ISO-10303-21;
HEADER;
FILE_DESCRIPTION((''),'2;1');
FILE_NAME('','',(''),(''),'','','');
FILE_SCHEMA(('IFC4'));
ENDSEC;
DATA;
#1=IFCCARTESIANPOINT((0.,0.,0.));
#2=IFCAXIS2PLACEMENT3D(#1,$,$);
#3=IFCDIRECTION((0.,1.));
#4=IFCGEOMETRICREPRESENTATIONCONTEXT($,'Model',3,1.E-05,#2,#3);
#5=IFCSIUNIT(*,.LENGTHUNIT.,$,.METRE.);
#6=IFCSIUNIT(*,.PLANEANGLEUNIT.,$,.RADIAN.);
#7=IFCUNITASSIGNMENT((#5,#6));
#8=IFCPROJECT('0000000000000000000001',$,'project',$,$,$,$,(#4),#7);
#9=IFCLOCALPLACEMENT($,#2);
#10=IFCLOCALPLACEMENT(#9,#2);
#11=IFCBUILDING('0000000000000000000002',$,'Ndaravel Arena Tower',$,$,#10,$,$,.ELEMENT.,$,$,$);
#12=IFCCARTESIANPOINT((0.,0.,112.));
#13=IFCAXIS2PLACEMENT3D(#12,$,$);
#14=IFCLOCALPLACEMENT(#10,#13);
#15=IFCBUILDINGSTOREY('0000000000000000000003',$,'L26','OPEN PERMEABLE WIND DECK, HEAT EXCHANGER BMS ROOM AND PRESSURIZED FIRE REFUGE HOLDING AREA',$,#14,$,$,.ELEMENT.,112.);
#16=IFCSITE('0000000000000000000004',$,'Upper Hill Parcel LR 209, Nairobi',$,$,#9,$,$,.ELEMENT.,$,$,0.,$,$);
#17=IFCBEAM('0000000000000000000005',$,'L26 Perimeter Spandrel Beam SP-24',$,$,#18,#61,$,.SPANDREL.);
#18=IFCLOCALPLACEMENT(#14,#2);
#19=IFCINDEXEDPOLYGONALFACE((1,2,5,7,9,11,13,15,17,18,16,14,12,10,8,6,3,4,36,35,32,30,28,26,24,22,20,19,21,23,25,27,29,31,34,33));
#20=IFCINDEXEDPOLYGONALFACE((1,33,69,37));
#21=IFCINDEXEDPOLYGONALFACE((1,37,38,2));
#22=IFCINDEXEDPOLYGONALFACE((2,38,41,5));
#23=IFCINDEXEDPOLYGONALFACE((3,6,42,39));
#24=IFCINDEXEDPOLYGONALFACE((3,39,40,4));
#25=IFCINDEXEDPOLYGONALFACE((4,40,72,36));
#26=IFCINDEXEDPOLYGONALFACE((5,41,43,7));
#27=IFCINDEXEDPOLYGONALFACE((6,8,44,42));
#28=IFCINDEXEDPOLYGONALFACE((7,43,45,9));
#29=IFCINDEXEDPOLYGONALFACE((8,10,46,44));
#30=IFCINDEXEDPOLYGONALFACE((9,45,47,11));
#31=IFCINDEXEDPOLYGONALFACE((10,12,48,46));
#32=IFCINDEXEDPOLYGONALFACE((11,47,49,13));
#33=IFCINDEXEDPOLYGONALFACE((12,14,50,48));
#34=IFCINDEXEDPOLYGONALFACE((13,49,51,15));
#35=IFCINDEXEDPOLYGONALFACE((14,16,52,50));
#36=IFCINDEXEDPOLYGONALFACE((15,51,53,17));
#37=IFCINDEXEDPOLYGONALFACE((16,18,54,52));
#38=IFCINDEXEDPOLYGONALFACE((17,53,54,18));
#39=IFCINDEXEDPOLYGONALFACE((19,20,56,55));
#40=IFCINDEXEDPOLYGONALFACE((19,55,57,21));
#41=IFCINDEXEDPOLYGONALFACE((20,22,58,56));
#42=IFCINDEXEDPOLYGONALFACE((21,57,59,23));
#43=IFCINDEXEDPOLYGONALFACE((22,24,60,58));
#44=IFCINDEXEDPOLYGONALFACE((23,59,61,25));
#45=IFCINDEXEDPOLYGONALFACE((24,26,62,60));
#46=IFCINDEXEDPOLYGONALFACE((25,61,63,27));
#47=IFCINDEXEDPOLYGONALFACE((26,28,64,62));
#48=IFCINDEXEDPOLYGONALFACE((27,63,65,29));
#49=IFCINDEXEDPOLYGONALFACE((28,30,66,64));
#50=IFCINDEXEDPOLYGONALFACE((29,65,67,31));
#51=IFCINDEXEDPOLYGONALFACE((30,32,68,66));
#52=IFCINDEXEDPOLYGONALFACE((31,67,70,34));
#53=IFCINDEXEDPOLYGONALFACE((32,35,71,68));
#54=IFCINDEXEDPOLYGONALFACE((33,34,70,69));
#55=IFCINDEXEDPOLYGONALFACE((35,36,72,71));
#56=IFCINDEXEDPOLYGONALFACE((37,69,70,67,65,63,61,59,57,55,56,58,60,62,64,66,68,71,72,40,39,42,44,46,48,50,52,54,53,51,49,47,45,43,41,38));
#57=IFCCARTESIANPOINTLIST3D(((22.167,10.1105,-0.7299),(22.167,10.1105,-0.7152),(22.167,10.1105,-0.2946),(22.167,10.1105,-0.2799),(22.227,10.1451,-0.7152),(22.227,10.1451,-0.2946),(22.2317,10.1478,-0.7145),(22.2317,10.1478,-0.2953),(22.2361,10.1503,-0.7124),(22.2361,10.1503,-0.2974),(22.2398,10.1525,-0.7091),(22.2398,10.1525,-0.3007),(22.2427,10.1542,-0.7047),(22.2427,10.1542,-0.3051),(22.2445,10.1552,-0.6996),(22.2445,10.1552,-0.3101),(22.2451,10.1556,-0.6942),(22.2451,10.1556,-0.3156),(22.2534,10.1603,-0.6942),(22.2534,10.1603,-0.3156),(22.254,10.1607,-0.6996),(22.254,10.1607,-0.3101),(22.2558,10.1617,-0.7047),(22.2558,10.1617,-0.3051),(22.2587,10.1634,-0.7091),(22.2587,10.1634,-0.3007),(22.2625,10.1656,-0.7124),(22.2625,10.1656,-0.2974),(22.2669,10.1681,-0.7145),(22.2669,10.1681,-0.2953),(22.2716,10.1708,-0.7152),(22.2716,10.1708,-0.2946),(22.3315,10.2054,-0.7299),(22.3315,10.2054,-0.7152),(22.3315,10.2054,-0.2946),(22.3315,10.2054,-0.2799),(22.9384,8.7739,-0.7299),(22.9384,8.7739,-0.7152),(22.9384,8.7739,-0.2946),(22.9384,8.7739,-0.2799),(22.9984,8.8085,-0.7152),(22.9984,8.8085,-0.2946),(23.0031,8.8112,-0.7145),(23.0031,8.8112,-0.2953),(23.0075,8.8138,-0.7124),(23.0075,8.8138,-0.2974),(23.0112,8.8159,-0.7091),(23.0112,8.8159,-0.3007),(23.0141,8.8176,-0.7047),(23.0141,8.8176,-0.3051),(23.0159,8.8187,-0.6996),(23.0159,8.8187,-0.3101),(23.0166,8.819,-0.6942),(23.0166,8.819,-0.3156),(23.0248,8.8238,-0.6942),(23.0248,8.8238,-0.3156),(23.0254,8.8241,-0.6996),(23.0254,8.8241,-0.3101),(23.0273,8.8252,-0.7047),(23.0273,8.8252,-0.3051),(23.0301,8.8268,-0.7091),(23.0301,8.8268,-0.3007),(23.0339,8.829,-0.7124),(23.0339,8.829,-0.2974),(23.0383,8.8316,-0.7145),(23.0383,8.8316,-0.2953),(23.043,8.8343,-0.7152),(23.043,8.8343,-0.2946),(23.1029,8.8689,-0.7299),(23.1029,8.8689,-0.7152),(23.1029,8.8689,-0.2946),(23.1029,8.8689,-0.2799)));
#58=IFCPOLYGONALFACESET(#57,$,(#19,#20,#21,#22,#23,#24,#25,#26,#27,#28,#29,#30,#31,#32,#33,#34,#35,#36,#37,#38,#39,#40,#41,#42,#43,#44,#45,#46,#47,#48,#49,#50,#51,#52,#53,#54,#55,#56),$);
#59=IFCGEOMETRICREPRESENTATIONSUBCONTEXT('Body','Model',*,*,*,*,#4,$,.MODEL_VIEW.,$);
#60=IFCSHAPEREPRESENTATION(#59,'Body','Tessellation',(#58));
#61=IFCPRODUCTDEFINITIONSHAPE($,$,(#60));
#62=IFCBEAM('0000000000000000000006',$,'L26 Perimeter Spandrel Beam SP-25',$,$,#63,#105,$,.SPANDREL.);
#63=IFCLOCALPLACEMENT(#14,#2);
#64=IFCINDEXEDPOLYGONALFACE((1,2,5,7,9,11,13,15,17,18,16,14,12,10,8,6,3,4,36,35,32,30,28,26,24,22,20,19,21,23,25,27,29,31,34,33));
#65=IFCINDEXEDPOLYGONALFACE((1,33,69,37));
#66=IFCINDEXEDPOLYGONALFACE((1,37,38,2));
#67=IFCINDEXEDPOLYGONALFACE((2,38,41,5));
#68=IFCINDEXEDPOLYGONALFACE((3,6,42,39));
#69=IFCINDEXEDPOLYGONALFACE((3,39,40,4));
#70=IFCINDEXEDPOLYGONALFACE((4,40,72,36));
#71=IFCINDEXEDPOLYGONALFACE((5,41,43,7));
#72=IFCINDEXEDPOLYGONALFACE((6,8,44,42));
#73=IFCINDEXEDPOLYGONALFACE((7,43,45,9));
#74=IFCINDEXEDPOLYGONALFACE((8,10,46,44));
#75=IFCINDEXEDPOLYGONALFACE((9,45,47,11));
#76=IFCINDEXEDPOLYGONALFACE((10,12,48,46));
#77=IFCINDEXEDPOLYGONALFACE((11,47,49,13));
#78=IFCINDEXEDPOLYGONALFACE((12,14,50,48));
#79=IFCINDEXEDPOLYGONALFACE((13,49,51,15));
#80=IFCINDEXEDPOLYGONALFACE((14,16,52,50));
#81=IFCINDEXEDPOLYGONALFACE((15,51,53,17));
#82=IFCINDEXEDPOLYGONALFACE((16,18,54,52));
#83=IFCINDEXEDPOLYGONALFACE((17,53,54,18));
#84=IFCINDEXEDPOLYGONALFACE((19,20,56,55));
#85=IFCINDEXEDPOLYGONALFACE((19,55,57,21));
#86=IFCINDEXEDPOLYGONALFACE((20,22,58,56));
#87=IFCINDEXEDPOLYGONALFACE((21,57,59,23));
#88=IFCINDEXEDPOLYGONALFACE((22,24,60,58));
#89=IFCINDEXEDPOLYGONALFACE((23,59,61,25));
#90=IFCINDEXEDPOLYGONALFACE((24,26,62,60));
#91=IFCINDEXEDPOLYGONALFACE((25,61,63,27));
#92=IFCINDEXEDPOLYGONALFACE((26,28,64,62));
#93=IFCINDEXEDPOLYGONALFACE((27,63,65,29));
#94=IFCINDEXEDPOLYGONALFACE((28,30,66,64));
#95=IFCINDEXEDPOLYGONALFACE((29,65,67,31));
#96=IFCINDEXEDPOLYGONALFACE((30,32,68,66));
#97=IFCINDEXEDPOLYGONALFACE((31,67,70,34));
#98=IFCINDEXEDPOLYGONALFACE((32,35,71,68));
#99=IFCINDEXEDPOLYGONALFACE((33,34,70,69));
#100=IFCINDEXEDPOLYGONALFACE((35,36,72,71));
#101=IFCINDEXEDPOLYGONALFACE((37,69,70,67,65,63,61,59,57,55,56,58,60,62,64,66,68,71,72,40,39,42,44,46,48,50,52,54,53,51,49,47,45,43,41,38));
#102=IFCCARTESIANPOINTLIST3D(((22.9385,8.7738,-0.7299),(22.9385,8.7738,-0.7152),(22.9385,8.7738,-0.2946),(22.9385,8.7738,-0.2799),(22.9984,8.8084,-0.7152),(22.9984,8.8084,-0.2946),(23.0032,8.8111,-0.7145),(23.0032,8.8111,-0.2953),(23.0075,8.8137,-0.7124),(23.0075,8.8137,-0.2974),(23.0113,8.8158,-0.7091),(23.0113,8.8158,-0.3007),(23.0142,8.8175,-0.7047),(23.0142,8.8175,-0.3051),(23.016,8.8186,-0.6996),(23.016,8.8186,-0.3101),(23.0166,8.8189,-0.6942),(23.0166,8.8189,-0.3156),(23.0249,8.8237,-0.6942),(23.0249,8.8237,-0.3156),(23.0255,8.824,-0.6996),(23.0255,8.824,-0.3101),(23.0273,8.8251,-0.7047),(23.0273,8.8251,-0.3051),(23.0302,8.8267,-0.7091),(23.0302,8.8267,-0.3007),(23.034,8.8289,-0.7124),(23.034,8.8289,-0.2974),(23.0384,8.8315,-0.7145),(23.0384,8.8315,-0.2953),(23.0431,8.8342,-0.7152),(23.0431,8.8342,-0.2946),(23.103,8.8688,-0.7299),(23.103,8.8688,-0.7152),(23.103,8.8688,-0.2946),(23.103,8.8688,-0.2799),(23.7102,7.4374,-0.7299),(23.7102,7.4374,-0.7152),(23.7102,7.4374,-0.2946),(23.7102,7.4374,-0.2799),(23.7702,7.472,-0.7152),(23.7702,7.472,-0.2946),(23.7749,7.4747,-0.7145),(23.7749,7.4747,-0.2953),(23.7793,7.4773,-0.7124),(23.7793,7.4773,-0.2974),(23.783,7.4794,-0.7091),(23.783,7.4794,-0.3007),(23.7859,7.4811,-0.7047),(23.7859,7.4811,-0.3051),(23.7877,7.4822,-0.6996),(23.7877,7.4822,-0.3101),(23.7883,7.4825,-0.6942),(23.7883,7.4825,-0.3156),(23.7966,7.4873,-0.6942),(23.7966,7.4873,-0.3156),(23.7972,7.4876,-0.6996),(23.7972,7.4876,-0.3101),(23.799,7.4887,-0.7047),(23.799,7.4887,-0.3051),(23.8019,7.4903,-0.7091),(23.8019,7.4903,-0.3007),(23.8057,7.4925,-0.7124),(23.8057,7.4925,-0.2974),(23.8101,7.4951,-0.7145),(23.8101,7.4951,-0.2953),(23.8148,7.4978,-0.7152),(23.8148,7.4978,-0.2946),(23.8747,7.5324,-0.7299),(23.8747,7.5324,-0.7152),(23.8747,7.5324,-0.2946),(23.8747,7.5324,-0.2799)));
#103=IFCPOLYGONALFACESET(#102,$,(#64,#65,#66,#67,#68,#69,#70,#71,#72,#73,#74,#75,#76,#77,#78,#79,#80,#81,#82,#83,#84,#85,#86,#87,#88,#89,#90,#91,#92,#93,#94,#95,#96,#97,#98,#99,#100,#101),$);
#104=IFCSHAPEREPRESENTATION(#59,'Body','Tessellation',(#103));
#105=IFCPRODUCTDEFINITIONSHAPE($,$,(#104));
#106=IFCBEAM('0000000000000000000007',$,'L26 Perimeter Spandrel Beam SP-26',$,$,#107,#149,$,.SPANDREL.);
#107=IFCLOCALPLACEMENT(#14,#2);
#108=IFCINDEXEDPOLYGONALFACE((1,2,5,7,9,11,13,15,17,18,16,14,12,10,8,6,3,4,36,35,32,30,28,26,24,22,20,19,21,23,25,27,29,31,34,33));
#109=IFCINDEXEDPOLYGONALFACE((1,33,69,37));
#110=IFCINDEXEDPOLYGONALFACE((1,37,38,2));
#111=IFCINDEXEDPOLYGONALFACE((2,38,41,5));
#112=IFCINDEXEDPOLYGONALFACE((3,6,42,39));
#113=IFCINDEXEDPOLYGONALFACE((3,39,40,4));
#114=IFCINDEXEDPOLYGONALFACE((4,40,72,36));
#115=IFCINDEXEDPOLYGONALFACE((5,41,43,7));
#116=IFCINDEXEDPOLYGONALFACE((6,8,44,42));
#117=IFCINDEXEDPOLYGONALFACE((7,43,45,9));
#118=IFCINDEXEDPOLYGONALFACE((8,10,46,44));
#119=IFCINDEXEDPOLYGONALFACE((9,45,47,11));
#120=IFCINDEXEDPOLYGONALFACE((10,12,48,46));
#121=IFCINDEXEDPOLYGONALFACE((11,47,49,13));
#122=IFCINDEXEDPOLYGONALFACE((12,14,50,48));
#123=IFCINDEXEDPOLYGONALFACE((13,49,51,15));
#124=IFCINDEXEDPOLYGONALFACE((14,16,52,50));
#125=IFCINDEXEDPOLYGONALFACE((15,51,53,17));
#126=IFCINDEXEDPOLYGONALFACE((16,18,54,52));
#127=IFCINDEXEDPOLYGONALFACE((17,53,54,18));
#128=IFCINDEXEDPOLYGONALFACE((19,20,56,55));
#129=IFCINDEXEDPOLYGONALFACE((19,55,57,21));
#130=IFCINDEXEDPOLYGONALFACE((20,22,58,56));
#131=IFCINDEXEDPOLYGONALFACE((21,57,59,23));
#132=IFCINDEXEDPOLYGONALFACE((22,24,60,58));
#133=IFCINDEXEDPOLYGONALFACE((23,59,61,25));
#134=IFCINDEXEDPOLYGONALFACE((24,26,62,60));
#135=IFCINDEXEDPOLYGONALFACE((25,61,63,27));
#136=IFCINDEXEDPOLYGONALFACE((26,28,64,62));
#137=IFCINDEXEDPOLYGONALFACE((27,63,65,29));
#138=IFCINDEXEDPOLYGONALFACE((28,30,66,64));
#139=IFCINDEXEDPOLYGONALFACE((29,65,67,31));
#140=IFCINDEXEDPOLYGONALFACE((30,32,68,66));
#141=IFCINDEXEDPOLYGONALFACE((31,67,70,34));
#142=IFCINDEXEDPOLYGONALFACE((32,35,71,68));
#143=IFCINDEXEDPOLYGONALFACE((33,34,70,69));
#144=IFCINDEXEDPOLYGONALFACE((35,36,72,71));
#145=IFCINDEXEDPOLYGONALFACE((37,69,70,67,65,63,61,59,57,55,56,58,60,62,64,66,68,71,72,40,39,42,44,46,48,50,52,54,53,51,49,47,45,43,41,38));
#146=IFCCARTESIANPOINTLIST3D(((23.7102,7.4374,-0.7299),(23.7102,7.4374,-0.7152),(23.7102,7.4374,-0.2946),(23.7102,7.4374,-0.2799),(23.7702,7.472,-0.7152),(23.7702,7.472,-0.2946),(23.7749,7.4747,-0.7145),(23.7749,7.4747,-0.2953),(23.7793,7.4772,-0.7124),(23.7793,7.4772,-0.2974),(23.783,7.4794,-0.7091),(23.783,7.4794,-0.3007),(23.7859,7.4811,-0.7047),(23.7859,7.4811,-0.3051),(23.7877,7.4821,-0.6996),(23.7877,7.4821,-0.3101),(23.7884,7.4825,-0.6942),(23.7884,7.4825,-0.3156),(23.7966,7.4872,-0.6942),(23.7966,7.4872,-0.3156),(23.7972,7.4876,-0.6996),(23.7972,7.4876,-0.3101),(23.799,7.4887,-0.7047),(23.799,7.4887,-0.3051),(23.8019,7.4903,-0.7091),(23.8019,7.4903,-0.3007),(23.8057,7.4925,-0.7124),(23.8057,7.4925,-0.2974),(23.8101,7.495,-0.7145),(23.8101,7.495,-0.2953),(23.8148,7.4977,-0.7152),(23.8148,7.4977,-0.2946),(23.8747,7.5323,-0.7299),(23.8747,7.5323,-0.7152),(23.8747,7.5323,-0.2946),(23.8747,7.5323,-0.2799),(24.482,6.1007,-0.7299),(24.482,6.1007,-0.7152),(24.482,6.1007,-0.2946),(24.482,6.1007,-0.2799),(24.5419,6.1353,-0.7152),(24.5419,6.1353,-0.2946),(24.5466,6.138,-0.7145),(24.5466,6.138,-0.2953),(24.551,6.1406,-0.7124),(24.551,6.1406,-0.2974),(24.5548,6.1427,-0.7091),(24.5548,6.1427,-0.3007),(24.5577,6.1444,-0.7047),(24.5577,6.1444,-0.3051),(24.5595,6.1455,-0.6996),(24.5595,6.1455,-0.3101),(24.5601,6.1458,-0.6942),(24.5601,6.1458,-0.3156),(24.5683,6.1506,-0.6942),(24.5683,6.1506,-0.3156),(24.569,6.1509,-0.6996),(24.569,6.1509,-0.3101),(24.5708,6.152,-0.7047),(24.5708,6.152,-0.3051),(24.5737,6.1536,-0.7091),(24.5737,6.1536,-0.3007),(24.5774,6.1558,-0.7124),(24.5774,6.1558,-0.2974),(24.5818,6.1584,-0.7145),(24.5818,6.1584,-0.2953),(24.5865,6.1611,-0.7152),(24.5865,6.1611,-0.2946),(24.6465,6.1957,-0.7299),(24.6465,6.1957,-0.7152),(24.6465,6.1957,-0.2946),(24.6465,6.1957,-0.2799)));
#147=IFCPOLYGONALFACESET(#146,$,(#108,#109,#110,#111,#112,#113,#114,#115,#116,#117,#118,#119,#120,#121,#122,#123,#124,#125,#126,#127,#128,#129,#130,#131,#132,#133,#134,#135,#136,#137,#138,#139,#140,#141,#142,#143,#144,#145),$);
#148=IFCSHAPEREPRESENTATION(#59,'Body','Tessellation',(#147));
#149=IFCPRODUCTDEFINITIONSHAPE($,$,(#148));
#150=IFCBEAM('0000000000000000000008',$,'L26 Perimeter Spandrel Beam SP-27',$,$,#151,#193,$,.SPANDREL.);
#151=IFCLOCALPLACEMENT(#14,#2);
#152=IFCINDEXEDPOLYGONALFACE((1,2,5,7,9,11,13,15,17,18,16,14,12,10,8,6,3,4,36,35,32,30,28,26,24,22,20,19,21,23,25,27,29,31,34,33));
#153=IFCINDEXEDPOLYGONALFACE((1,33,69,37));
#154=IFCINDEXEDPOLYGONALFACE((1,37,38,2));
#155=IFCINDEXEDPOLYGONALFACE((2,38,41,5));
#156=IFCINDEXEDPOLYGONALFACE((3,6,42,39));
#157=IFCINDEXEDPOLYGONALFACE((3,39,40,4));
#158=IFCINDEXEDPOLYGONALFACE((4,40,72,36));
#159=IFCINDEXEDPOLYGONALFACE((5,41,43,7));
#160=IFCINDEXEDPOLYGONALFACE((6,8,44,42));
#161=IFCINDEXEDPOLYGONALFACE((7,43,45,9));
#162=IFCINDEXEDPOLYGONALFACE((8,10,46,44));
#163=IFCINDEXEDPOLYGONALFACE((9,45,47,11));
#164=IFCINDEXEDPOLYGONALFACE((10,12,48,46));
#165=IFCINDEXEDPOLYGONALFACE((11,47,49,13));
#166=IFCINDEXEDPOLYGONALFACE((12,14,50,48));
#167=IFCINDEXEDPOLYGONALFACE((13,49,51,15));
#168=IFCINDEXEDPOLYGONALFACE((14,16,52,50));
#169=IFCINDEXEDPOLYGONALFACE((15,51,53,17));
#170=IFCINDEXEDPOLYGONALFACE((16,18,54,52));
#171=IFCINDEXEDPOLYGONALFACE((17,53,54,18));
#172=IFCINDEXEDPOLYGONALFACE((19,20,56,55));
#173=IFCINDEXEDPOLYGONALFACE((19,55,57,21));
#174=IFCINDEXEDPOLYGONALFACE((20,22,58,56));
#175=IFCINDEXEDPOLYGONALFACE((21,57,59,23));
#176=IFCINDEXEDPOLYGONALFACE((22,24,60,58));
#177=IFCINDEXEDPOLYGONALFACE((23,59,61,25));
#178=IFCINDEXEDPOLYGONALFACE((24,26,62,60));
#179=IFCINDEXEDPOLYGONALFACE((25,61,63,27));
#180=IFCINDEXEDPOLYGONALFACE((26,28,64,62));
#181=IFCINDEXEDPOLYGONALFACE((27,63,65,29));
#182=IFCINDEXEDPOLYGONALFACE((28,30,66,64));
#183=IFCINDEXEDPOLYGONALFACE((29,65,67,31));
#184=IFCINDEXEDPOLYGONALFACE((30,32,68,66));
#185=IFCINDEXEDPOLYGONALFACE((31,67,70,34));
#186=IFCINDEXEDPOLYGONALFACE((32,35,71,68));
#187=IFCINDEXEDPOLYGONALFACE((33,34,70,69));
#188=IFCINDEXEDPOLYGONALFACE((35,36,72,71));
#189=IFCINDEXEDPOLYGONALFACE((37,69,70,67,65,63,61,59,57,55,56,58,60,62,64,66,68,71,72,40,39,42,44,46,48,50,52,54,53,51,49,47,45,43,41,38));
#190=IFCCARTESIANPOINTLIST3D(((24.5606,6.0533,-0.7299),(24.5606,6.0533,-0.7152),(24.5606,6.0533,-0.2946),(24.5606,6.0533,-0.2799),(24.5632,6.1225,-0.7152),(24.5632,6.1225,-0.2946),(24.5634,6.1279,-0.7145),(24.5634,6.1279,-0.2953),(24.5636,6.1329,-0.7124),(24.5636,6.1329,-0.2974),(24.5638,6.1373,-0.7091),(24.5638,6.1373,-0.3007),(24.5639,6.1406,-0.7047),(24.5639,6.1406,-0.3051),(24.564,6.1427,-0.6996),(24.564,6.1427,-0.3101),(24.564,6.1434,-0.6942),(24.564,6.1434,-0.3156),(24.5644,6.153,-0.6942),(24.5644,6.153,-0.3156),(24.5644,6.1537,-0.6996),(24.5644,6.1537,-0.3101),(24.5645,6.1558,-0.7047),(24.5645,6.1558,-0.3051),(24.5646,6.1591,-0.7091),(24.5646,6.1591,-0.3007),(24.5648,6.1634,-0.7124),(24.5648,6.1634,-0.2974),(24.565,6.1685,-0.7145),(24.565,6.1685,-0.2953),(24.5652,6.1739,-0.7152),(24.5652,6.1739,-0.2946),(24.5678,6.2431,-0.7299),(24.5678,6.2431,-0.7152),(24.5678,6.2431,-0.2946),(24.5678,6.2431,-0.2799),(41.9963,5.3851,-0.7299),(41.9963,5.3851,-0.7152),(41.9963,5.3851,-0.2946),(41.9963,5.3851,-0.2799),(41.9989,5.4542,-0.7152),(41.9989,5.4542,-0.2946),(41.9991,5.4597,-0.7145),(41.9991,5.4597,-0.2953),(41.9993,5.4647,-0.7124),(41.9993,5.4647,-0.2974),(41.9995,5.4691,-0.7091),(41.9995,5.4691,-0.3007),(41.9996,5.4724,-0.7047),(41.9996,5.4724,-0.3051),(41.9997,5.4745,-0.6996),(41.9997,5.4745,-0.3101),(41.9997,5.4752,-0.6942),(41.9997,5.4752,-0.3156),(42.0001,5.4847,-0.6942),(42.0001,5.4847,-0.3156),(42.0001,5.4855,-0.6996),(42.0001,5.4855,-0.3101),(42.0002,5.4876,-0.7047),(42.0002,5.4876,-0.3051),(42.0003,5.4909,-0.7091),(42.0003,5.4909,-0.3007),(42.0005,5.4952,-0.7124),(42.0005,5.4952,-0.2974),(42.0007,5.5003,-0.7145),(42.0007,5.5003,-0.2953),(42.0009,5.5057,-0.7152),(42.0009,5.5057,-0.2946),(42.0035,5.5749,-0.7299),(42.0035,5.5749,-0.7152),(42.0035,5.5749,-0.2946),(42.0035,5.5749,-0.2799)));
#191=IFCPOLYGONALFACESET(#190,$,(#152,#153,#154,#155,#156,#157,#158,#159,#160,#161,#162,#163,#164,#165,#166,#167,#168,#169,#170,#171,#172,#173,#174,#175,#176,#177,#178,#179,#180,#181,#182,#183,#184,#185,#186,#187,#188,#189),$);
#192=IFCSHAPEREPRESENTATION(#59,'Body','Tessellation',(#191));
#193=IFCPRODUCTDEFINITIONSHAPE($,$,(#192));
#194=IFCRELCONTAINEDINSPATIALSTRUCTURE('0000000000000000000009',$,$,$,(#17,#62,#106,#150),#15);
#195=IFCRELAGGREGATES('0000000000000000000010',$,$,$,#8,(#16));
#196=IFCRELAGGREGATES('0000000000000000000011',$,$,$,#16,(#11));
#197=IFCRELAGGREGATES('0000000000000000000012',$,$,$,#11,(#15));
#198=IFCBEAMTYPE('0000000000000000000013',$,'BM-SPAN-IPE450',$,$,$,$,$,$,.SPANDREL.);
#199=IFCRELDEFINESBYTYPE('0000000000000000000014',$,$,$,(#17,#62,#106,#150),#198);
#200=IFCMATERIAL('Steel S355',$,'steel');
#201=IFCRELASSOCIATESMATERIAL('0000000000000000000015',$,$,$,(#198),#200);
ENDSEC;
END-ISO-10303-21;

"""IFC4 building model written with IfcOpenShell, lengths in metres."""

from ifc_helpers import new_model, si_unit, direction, frame, origin, origin_2d, place, context, subcontext, project, spatial, i_section, extrude, material, material_profile, profile_set, type_object, element, save


model = new_model("IFC4")

# Units and contexts
model_context = context("Model", 3, precision=1e-05, world=origin(), true_north=direction((0.0, 1.0)))
body_context = subcontext(model_context, "Body", "Model", "MODEL_VIEW")
ifc_project = project(units=[si_unit("LENGTHUNIT", "METRE"), si_unit("PLANEANGLEUNIT", "RADIAN")], contexts=[model_context])

# Site, building, storey
site_placement = place(None, origin())
site = spatial("IfcSite", under=ifc_project, at=site_placement, Name="Upper Hill Parcel LR 209, Nairobi", CompositionType="ELEMENT", RefElevation=0.0)
building_placement = place(site_placement, origin())
building = spatial("IfcBuilding", under=site, at=building_placement, Name="Ndaravel Arena Tower", CompositionType="ELEMENT")
storey_placement = place(building_placement, frame((0.0, 0.0, 112.0)))
storey = spatial("IfcBuildingStorey", under=building, at=storey_placement, Name="L26", Description="OPEN PERMEABLE WIND DECK, HEAT EXCHANGER BMS ROOM AND PRESSURIZED FIRE REFUGE HOLDING AREA", CompositionType="ELEMENT", Elevation=112.0)

# Beams
ifc_material_1 = material(Name="Steel S355", Category="steel")
ifc_material_profile_1 = material_profile(ifc_material_1, i_section(OverallWidth=0.1899, OverallDepth=0.45, WebThickness=0.0095, FlangeThickness=0.0146, FilletRadius=0.021, at=origin_2d()), Name="IPE 450")
ifc_profile_set_1 = profile_set([ifc_material_profile_1], Name="Steel S355")
beam_type = type_object("IfcBeamType", Name="BM-SPAN-IPE450", PredefinedType="SPANDREL", material=ifc_profile_set_1)
for number, where, z_axis, x_axis, name in (
    (1, (22.2493, 10.158, -0.5049), (0.499882, -0.866093, 0.0), (0.866093, 0.499882, 0.0), "L26 Perimeter Spandrel Beam SP-24"),
    (2, (23.0208, 8.8213, -0.5049), (0.500069, -0.865985, 0.0), (0.865985, 0.500069, 0.0), "L26 Perimeter Spandrel Beam SP-25"),
):
    element("IfcBeam", number, at=place(storey_placement, frame(where, z_axis=z_axis, x_axis=x_axis)), inside=storey, type_object=beam_type, Name=name, PredefinedType="SPANDREL", context=body_context, shape_type="SweptSolid", body=[
        extrude(i_section(OverallWidth=0.1899, OverallDepth=0.45, WebThickness=0.0095, FlangeThickness=0.0146, FilletRadius=0.021, at=origin_2d()), origin(), (0.0, 0.0, 1.0), 1.5432),
    ])
beam_1_placement = place(storey_placement, frame((23.7925, 7.4849, -0.5049), z_axis=(0.500001, -0.866025, 0.0), x_axis=(0.866025, 0.500001, 0.0)))
element("IfcBeam", 3, at=beam_1_placement, inside=storey, type_object=beam_type, Name="L26 Perimeter Spandrel Beam SP-26", PredefinedType="SPANDREL", context=body_context, shape_type="SweptSolid", body=[
    extrude(i_section(OverallWidth=0.1899, OverallDepth=0.45, WebThickness=0.0095, FlangeThickness=0.0146, FilletRadius=0.021, at=origin_2d()), origin(), (0.0, 0.0, 1.0), 1.5435),
])
beam_2_placement = place(storey_placement, frame((24.5642, 6.1482, -0.5049), z_axis=(0.999266, -0.038296, 0.0), x_axis=(0.038296, 0.999266, 0.0)))
element("IfcBeam", 4, at=beam_2_placement, inside=storey, type_object=beam_type, Name="L26 Perimeter Spandrel Beam SP-27", PredefinedType="SPANDREL", context=body_context, shape_type="SweptSolid", body=[
    extrude(i_section(OverallWidth=0.1899, OverallDepth=0.45, WebThickness=0.0095, FlangeThickness=0.0146, FilletRadius=0.021, at=origin_2d()), origin(), (0.0, 0.0, 1.0), 17.4485),
])

save(model, "model.ifc")
